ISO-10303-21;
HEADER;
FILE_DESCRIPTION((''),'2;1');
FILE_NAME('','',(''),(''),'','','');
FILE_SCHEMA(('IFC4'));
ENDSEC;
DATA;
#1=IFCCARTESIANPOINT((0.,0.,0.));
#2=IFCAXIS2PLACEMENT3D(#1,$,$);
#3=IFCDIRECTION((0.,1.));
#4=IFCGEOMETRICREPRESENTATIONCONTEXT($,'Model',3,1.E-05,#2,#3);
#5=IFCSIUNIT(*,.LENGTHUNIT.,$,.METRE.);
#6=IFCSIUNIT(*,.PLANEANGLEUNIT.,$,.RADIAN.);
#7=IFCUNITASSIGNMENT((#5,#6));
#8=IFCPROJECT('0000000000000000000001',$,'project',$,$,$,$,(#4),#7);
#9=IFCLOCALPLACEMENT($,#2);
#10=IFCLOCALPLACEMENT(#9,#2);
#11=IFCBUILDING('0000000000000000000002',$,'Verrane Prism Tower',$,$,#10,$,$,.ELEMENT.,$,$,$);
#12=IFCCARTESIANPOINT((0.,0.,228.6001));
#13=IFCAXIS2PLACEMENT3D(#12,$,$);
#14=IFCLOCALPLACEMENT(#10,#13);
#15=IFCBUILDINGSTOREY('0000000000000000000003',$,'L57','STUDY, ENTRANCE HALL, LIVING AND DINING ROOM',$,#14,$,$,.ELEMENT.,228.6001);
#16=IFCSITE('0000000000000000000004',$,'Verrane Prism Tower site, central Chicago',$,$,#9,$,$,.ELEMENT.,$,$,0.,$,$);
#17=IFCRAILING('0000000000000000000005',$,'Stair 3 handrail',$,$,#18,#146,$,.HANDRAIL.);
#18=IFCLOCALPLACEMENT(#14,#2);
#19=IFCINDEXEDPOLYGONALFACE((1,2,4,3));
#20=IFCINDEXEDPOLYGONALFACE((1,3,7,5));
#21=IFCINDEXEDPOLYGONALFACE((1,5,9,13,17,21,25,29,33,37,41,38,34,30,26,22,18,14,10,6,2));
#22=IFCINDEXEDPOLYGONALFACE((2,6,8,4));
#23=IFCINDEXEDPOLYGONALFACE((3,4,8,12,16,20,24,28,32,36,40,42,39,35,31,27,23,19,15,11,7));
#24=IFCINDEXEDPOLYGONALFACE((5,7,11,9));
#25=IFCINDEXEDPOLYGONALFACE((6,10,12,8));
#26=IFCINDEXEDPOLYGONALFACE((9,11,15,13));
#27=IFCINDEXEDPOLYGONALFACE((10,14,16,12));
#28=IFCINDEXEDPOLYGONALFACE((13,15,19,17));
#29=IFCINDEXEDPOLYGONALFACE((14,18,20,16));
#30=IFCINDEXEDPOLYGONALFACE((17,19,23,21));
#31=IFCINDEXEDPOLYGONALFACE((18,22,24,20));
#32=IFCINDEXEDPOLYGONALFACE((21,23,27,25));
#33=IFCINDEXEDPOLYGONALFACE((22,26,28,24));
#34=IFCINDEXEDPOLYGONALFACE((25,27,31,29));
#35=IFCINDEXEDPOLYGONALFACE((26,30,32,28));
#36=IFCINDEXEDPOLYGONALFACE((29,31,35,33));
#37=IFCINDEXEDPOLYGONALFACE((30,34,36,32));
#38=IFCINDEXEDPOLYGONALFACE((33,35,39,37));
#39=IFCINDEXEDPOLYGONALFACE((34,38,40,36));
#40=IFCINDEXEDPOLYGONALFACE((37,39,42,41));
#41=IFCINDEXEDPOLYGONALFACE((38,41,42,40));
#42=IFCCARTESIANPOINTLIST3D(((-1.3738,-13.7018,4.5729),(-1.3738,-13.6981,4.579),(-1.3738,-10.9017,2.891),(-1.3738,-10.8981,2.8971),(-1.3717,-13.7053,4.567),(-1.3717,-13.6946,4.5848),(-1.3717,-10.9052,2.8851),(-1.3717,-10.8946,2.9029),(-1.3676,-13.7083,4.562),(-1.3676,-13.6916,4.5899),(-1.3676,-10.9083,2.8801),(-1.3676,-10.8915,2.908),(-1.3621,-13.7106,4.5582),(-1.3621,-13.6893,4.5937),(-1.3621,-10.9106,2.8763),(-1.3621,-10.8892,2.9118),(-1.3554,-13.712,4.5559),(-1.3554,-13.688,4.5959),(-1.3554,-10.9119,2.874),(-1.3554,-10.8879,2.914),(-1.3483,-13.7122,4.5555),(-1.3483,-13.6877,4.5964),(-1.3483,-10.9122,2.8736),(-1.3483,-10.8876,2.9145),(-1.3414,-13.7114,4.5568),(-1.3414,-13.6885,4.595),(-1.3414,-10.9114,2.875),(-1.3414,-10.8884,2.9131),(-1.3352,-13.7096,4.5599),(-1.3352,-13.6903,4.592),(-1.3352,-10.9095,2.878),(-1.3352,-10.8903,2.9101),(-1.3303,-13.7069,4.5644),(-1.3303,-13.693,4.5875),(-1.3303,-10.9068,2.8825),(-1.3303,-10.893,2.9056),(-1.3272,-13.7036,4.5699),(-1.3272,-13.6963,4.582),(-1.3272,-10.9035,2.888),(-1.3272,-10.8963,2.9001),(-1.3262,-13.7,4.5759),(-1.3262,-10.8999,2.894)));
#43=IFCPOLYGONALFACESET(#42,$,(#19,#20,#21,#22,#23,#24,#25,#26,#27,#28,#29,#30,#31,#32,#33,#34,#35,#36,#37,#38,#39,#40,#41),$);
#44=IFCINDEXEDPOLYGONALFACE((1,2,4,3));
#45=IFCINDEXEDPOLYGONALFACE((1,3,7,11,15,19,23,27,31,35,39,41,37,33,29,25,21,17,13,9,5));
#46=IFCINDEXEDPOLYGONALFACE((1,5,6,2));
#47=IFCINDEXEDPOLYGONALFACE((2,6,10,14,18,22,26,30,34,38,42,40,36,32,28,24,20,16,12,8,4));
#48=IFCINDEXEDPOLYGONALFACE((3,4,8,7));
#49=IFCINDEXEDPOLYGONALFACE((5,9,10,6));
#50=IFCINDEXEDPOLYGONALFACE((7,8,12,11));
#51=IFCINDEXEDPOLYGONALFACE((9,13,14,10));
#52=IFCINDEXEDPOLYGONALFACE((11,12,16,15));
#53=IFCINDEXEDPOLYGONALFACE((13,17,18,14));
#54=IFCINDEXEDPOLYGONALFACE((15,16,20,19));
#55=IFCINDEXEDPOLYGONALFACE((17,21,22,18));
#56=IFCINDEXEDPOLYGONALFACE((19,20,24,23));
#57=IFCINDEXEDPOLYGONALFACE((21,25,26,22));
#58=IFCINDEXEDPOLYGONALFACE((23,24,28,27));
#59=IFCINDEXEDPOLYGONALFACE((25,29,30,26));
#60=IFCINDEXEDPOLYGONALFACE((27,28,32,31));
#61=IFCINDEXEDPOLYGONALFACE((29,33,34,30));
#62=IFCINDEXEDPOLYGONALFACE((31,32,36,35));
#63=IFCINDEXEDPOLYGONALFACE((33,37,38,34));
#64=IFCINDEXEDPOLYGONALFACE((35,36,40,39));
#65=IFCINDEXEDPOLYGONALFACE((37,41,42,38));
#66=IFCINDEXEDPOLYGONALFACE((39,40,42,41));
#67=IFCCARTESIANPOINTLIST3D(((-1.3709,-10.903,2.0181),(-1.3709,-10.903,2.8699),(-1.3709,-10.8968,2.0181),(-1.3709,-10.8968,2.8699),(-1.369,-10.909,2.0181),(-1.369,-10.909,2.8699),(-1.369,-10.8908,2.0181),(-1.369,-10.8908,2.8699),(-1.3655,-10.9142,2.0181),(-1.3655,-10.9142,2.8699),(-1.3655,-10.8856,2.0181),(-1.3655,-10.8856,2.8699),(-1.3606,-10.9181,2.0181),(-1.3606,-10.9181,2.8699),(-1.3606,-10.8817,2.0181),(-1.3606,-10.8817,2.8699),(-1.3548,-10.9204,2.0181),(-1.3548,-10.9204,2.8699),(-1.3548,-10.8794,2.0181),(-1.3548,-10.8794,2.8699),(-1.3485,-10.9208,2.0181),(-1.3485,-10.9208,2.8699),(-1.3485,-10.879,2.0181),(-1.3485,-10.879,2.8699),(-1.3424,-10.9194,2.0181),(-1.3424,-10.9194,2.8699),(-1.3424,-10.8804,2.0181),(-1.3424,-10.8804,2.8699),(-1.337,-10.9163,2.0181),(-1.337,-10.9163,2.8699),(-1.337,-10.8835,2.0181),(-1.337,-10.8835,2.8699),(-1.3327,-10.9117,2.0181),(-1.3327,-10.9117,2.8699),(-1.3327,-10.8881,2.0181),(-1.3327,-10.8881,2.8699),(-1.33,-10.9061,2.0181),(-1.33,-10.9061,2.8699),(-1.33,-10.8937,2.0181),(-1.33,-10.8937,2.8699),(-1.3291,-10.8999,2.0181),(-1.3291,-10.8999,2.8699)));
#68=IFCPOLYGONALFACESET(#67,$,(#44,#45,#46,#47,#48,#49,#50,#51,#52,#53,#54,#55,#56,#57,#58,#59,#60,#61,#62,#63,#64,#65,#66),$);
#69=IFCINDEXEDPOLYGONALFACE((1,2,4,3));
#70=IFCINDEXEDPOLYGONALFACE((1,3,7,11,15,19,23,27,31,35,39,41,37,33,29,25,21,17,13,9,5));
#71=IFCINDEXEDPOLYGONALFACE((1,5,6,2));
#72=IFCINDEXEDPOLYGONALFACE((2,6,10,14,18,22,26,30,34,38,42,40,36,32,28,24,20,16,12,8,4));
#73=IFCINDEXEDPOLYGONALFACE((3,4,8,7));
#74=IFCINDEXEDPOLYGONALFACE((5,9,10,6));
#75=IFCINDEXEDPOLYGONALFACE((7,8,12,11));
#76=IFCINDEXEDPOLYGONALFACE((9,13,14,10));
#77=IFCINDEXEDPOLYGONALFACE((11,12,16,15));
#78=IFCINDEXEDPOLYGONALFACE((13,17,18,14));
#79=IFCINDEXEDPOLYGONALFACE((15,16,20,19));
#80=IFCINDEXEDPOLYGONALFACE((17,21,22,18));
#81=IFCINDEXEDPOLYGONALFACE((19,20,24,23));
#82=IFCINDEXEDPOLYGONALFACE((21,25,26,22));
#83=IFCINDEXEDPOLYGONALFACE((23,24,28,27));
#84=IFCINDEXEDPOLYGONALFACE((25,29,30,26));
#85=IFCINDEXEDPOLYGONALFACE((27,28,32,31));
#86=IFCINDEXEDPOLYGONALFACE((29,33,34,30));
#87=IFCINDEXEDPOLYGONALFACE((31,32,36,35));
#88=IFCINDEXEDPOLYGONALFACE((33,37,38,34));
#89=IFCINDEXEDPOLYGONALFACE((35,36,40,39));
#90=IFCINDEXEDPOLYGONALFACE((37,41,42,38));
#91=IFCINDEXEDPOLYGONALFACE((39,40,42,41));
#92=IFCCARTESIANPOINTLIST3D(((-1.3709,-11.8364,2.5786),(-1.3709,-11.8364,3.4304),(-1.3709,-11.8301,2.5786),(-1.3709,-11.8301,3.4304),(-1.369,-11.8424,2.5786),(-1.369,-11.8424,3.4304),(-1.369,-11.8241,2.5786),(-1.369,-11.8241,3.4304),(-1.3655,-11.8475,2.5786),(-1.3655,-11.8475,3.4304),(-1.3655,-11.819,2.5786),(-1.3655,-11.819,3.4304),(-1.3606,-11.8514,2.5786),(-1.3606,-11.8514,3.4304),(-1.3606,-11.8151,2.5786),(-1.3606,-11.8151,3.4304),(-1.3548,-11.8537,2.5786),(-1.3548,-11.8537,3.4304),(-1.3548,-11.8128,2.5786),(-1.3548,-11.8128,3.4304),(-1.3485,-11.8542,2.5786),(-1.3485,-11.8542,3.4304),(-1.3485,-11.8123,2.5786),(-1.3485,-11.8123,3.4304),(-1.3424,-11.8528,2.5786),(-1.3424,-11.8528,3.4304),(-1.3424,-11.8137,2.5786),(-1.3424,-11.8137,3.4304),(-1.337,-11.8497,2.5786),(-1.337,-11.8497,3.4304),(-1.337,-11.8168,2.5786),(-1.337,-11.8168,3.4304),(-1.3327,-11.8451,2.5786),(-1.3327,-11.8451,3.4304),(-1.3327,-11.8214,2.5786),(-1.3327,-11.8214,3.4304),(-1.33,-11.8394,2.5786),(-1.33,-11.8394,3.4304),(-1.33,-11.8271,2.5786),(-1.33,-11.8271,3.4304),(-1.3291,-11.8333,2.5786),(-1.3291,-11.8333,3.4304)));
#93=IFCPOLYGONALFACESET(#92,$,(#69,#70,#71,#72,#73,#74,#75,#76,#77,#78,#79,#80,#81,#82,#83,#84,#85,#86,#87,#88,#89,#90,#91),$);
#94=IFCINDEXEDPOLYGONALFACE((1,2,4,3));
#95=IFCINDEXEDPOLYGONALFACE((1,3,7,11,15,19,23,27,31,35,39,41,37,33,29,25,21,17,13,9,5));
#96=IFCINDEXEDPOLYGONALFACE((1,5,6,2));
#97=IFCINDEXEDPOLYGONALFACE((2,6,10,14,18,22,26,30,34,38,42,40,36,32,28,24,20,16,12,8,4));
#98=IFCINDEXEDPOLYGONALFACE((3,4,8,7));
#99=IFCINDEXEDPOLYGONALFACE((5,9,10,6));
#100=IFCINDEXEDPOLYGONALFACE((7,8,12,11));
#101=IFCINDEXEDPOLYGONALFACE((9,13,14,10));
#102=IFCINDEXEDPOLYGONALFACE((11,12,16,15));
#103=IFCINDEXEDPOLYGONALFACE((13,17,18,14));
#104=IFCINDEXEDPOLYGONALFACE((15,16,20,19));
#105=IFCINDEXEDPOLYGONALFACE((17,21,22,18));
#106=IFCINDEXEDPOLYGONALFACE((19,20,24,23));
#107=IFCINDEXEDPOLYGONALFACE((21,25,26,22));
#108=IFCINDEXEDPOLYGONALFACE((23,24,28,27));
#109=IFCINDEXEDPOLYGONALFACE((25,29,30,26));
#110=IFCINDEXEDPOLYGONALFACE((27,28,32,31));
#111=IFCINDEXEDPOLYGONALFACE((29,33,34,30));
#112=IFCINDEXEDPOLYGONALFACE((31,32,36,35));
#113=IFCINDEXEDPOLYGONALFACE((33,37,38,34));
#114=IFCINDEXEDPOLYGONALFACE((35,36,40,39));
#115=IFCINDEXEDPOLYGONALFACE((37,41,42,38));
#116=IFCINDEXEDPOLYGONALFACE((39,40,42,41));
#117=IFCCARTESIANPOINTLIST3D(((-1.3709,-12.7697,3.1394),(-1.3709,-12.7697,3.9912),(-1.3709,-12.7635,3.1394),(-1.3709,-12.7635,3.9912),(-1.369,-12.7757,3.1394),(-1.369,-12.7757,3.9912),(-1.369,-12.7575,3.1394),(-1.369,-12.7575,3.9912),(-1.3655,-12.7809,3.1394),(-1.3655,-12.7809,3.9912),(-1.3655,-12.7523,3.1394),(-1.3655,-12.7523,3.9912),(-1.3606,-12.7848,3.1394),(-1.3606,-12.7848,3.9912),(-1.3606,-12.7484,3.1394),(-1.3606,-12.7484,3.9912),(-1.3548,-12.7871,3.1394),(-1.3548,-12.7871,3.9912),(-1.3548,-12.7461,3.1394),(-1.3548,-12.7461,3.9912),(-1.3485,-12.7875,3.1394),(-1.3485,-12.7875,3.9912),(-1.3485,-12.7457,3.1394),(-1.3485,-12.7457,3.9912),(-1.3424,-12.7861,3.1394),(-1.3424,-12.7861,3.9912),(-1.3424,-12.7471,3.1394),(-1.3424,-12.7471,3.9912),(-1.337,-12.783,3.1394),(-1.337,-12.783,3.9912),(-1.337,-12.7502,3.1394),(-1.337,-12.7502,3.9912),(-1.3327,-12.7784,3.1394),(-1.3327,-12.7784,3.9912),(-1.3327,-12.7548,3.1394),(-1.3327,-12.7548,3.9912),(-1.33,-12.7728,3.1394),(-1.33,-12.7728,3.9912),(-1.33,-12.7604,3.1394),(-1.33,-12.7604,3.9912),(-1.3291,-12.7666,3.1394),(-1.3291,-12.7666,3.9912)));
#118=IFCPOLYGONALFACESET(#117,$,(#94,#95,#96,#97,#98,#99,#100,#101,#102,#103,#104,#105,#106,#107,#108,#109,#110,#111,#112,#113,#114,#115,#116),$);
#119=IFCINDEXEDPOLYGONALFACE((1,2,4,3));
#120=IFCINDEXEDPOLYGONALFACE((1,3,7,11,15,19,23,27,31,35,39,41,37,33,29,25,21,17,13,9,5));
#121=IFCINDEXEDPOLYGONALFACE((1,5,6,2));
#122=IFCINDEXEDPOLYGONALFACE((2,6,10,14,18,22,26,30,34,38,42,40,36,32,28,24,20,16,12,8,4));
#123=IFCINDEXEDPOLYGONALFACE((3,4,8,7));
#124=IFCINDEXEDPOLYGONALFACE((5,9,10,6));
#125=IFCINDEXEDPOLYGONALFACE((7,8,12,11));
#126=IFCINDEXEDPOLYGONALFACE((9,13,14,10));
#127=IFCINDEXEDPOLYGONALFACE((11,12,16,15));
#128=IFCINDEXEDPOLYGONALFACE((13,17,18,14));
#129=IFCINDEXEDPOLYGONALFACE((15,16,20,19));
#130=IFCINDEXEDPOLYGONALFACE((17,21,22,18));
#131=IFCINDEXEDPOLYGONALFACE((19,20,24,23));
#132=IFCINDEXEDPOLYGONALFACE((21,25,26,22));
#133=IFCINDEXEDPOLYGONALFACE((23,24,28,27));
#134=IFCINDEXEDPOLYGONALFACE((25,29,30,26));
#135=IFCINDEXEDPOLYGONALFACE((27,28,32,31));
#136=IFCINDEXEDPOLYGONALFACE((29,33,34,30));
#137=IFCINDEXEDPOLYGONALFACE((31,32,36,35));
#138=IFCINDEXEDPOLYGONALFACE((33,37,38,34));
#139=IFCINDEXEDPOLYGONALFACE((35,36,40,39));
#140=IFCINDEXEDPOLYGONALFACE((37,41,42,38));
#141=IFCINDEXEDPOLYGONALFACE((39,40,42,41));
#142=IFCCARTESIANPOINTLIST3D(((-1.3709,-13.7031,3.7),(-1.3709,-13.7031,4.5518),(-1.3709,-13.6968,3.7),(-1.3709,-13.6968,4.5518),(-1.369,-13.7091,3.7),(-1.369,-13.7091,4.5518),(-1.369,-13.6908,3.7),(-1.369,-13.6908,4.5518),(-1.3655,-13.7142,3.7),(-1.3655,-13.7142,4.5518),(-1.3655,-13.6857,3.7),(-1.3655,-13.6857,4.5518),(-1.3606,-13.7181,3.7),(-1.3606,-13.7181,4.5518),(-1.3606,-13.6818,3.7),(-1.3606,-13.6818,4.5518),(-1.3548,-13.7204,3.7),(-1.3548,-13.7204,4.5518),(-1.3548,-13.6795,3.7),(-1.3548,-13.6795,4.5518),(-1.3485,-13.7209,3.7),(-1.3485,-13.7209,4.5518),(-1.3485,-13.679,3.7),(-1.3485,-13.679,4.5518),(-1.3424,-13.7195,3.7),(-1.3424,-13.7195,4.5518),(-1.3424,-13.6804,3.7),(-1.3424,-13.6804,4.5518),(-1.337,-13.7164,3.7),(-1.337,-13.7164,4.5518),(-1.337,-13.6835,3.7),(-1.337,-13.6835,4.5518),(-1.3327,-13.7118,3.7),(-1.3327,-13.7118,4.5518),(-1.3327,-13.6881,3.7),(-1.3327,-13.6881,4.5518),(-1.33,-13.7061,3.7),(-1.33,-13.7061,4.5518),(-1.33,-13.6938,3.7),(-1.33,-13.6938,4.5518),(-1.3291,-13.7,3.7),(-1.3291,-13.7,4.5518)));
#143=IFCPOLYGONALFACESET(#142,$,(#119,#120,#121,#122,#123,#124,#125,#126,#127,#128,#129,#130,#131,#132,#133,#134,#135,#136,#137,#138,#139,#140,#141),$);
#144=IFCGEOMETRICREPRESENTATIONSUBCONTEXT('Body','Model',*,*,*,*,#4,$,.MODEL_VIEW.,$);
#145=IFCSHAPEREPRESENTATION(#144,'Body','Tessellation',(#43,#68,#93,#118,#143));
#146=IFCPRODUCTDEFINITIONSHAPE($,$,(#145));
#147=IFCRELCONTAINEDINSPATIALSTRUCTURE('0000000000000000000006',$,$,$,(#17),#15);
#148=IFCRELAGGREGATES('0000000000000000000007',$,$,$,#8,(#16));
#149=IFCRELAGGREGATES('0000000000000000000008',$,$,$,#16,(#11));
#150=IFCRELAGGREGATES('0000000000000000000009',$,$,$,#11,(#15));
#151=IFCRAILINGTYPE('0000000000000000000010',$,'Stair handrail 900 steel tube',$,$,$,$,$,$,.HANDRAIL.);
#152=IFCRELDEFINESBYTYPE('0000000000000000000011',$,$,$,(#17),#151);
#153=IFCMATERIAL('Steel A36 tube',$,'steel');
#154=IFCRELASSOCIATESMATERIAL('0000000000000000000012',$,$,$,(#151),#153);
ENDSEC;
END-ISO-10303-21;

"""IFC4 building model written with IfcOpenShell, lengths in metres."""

from ifc_helpers import new_model, si_unit, direction, frame, origin, origin_2d, place, context, subcontext, project, spatial, circle, extrude, material, type_object, element, save


model = new_model("IFC4")

# Units and contexts
model_context = context("Model", 3, precision=1e-05, world=origin(), true_north=direction((0.0, 1.0)))
body_context = subcontext(model_context, "Body", "Model", "MODEL_VIEW")
ifc_project = project(units=[si_unit("LENGTHUNIT", "METRE"), si_unit("PLANEANGLEUNIT", "RADIAN")], contexts=[model_context])

# Site, building, storey
site_placement = place(None, origin())
site = spatial("IfcSite", under=ifc_project, at=site_placement, Name="Verrane Prism Tower site, central Chicago", CompositionType="ELEMENT", RefElevation=0.0)
building_placement = place(site_placement, origin())
building = spatial("IfcBuilding", under=site, at=building_placement, Name="Verrane Prism Tower", CompositionType="ELEMENT")
storey_placement = place(building_placement, frame((0.0, 0.0, 228.6001)))
storey = spatial("IfcBuildingStorey", under=building, at=storey_placement, Name="L57", Description="STUDY, ENTRANCE HALL, LIVING AND DINING ROOM", CompositionType="ELEMENT", Elevation=228.6001)

# Railing
ifc_material_1 = material(Name="Steel A36 tube", Category="steel")
railing_type = type_object("IfcRailingType", Name="Stair handrail 900 steel tube", PredefinedType="HANDRAIL", material=ifc_material_1)
railing_placement = place(storey_placement, frame((-1.3501, -10.8999, 2.0181)))
element("IfcRailing", 1, at=railing_placement, inside=storey, type_object=railing_type, Name="Stair 3 handrail", PredefinedType="HANDRAIL", context=body_context, shape_type="SweptSolid", body=[
    extrude(circle(Radius=0.0239, at=origin_2d()), frame((0.0, 0.0, 0.876), z_axis=(0.0, -0.857242, 0.514913), x_axis=(1.0, 0.0, 0.0)), (0.0, 0.0, 1.0), 3.2664),
    extrude(circle(Radius=0.021, at=origin_2d()), origin(), (0.0, 0.0, 1.0), 0.8518),
    extrude(circle(Radius=0.021, at=origin_2d()), frame((0.0, -0.9333, 0.5605)), (0.0, 0.0, 1.0), 0.8518),
    extrude(circle(Radius=0.021, at=origin_2d()), frame((0.0, -1.8667, 1.1213)), (0.0, 0.0, 1.0), 0.8518),
    extrude(circle(Radius=0.021, at=origin_2d()), frame((0.0, -2.8, 1.6819)), (0.0, 0.0, 1.0), 0.8518),
])

save(model, "model.ifc")
